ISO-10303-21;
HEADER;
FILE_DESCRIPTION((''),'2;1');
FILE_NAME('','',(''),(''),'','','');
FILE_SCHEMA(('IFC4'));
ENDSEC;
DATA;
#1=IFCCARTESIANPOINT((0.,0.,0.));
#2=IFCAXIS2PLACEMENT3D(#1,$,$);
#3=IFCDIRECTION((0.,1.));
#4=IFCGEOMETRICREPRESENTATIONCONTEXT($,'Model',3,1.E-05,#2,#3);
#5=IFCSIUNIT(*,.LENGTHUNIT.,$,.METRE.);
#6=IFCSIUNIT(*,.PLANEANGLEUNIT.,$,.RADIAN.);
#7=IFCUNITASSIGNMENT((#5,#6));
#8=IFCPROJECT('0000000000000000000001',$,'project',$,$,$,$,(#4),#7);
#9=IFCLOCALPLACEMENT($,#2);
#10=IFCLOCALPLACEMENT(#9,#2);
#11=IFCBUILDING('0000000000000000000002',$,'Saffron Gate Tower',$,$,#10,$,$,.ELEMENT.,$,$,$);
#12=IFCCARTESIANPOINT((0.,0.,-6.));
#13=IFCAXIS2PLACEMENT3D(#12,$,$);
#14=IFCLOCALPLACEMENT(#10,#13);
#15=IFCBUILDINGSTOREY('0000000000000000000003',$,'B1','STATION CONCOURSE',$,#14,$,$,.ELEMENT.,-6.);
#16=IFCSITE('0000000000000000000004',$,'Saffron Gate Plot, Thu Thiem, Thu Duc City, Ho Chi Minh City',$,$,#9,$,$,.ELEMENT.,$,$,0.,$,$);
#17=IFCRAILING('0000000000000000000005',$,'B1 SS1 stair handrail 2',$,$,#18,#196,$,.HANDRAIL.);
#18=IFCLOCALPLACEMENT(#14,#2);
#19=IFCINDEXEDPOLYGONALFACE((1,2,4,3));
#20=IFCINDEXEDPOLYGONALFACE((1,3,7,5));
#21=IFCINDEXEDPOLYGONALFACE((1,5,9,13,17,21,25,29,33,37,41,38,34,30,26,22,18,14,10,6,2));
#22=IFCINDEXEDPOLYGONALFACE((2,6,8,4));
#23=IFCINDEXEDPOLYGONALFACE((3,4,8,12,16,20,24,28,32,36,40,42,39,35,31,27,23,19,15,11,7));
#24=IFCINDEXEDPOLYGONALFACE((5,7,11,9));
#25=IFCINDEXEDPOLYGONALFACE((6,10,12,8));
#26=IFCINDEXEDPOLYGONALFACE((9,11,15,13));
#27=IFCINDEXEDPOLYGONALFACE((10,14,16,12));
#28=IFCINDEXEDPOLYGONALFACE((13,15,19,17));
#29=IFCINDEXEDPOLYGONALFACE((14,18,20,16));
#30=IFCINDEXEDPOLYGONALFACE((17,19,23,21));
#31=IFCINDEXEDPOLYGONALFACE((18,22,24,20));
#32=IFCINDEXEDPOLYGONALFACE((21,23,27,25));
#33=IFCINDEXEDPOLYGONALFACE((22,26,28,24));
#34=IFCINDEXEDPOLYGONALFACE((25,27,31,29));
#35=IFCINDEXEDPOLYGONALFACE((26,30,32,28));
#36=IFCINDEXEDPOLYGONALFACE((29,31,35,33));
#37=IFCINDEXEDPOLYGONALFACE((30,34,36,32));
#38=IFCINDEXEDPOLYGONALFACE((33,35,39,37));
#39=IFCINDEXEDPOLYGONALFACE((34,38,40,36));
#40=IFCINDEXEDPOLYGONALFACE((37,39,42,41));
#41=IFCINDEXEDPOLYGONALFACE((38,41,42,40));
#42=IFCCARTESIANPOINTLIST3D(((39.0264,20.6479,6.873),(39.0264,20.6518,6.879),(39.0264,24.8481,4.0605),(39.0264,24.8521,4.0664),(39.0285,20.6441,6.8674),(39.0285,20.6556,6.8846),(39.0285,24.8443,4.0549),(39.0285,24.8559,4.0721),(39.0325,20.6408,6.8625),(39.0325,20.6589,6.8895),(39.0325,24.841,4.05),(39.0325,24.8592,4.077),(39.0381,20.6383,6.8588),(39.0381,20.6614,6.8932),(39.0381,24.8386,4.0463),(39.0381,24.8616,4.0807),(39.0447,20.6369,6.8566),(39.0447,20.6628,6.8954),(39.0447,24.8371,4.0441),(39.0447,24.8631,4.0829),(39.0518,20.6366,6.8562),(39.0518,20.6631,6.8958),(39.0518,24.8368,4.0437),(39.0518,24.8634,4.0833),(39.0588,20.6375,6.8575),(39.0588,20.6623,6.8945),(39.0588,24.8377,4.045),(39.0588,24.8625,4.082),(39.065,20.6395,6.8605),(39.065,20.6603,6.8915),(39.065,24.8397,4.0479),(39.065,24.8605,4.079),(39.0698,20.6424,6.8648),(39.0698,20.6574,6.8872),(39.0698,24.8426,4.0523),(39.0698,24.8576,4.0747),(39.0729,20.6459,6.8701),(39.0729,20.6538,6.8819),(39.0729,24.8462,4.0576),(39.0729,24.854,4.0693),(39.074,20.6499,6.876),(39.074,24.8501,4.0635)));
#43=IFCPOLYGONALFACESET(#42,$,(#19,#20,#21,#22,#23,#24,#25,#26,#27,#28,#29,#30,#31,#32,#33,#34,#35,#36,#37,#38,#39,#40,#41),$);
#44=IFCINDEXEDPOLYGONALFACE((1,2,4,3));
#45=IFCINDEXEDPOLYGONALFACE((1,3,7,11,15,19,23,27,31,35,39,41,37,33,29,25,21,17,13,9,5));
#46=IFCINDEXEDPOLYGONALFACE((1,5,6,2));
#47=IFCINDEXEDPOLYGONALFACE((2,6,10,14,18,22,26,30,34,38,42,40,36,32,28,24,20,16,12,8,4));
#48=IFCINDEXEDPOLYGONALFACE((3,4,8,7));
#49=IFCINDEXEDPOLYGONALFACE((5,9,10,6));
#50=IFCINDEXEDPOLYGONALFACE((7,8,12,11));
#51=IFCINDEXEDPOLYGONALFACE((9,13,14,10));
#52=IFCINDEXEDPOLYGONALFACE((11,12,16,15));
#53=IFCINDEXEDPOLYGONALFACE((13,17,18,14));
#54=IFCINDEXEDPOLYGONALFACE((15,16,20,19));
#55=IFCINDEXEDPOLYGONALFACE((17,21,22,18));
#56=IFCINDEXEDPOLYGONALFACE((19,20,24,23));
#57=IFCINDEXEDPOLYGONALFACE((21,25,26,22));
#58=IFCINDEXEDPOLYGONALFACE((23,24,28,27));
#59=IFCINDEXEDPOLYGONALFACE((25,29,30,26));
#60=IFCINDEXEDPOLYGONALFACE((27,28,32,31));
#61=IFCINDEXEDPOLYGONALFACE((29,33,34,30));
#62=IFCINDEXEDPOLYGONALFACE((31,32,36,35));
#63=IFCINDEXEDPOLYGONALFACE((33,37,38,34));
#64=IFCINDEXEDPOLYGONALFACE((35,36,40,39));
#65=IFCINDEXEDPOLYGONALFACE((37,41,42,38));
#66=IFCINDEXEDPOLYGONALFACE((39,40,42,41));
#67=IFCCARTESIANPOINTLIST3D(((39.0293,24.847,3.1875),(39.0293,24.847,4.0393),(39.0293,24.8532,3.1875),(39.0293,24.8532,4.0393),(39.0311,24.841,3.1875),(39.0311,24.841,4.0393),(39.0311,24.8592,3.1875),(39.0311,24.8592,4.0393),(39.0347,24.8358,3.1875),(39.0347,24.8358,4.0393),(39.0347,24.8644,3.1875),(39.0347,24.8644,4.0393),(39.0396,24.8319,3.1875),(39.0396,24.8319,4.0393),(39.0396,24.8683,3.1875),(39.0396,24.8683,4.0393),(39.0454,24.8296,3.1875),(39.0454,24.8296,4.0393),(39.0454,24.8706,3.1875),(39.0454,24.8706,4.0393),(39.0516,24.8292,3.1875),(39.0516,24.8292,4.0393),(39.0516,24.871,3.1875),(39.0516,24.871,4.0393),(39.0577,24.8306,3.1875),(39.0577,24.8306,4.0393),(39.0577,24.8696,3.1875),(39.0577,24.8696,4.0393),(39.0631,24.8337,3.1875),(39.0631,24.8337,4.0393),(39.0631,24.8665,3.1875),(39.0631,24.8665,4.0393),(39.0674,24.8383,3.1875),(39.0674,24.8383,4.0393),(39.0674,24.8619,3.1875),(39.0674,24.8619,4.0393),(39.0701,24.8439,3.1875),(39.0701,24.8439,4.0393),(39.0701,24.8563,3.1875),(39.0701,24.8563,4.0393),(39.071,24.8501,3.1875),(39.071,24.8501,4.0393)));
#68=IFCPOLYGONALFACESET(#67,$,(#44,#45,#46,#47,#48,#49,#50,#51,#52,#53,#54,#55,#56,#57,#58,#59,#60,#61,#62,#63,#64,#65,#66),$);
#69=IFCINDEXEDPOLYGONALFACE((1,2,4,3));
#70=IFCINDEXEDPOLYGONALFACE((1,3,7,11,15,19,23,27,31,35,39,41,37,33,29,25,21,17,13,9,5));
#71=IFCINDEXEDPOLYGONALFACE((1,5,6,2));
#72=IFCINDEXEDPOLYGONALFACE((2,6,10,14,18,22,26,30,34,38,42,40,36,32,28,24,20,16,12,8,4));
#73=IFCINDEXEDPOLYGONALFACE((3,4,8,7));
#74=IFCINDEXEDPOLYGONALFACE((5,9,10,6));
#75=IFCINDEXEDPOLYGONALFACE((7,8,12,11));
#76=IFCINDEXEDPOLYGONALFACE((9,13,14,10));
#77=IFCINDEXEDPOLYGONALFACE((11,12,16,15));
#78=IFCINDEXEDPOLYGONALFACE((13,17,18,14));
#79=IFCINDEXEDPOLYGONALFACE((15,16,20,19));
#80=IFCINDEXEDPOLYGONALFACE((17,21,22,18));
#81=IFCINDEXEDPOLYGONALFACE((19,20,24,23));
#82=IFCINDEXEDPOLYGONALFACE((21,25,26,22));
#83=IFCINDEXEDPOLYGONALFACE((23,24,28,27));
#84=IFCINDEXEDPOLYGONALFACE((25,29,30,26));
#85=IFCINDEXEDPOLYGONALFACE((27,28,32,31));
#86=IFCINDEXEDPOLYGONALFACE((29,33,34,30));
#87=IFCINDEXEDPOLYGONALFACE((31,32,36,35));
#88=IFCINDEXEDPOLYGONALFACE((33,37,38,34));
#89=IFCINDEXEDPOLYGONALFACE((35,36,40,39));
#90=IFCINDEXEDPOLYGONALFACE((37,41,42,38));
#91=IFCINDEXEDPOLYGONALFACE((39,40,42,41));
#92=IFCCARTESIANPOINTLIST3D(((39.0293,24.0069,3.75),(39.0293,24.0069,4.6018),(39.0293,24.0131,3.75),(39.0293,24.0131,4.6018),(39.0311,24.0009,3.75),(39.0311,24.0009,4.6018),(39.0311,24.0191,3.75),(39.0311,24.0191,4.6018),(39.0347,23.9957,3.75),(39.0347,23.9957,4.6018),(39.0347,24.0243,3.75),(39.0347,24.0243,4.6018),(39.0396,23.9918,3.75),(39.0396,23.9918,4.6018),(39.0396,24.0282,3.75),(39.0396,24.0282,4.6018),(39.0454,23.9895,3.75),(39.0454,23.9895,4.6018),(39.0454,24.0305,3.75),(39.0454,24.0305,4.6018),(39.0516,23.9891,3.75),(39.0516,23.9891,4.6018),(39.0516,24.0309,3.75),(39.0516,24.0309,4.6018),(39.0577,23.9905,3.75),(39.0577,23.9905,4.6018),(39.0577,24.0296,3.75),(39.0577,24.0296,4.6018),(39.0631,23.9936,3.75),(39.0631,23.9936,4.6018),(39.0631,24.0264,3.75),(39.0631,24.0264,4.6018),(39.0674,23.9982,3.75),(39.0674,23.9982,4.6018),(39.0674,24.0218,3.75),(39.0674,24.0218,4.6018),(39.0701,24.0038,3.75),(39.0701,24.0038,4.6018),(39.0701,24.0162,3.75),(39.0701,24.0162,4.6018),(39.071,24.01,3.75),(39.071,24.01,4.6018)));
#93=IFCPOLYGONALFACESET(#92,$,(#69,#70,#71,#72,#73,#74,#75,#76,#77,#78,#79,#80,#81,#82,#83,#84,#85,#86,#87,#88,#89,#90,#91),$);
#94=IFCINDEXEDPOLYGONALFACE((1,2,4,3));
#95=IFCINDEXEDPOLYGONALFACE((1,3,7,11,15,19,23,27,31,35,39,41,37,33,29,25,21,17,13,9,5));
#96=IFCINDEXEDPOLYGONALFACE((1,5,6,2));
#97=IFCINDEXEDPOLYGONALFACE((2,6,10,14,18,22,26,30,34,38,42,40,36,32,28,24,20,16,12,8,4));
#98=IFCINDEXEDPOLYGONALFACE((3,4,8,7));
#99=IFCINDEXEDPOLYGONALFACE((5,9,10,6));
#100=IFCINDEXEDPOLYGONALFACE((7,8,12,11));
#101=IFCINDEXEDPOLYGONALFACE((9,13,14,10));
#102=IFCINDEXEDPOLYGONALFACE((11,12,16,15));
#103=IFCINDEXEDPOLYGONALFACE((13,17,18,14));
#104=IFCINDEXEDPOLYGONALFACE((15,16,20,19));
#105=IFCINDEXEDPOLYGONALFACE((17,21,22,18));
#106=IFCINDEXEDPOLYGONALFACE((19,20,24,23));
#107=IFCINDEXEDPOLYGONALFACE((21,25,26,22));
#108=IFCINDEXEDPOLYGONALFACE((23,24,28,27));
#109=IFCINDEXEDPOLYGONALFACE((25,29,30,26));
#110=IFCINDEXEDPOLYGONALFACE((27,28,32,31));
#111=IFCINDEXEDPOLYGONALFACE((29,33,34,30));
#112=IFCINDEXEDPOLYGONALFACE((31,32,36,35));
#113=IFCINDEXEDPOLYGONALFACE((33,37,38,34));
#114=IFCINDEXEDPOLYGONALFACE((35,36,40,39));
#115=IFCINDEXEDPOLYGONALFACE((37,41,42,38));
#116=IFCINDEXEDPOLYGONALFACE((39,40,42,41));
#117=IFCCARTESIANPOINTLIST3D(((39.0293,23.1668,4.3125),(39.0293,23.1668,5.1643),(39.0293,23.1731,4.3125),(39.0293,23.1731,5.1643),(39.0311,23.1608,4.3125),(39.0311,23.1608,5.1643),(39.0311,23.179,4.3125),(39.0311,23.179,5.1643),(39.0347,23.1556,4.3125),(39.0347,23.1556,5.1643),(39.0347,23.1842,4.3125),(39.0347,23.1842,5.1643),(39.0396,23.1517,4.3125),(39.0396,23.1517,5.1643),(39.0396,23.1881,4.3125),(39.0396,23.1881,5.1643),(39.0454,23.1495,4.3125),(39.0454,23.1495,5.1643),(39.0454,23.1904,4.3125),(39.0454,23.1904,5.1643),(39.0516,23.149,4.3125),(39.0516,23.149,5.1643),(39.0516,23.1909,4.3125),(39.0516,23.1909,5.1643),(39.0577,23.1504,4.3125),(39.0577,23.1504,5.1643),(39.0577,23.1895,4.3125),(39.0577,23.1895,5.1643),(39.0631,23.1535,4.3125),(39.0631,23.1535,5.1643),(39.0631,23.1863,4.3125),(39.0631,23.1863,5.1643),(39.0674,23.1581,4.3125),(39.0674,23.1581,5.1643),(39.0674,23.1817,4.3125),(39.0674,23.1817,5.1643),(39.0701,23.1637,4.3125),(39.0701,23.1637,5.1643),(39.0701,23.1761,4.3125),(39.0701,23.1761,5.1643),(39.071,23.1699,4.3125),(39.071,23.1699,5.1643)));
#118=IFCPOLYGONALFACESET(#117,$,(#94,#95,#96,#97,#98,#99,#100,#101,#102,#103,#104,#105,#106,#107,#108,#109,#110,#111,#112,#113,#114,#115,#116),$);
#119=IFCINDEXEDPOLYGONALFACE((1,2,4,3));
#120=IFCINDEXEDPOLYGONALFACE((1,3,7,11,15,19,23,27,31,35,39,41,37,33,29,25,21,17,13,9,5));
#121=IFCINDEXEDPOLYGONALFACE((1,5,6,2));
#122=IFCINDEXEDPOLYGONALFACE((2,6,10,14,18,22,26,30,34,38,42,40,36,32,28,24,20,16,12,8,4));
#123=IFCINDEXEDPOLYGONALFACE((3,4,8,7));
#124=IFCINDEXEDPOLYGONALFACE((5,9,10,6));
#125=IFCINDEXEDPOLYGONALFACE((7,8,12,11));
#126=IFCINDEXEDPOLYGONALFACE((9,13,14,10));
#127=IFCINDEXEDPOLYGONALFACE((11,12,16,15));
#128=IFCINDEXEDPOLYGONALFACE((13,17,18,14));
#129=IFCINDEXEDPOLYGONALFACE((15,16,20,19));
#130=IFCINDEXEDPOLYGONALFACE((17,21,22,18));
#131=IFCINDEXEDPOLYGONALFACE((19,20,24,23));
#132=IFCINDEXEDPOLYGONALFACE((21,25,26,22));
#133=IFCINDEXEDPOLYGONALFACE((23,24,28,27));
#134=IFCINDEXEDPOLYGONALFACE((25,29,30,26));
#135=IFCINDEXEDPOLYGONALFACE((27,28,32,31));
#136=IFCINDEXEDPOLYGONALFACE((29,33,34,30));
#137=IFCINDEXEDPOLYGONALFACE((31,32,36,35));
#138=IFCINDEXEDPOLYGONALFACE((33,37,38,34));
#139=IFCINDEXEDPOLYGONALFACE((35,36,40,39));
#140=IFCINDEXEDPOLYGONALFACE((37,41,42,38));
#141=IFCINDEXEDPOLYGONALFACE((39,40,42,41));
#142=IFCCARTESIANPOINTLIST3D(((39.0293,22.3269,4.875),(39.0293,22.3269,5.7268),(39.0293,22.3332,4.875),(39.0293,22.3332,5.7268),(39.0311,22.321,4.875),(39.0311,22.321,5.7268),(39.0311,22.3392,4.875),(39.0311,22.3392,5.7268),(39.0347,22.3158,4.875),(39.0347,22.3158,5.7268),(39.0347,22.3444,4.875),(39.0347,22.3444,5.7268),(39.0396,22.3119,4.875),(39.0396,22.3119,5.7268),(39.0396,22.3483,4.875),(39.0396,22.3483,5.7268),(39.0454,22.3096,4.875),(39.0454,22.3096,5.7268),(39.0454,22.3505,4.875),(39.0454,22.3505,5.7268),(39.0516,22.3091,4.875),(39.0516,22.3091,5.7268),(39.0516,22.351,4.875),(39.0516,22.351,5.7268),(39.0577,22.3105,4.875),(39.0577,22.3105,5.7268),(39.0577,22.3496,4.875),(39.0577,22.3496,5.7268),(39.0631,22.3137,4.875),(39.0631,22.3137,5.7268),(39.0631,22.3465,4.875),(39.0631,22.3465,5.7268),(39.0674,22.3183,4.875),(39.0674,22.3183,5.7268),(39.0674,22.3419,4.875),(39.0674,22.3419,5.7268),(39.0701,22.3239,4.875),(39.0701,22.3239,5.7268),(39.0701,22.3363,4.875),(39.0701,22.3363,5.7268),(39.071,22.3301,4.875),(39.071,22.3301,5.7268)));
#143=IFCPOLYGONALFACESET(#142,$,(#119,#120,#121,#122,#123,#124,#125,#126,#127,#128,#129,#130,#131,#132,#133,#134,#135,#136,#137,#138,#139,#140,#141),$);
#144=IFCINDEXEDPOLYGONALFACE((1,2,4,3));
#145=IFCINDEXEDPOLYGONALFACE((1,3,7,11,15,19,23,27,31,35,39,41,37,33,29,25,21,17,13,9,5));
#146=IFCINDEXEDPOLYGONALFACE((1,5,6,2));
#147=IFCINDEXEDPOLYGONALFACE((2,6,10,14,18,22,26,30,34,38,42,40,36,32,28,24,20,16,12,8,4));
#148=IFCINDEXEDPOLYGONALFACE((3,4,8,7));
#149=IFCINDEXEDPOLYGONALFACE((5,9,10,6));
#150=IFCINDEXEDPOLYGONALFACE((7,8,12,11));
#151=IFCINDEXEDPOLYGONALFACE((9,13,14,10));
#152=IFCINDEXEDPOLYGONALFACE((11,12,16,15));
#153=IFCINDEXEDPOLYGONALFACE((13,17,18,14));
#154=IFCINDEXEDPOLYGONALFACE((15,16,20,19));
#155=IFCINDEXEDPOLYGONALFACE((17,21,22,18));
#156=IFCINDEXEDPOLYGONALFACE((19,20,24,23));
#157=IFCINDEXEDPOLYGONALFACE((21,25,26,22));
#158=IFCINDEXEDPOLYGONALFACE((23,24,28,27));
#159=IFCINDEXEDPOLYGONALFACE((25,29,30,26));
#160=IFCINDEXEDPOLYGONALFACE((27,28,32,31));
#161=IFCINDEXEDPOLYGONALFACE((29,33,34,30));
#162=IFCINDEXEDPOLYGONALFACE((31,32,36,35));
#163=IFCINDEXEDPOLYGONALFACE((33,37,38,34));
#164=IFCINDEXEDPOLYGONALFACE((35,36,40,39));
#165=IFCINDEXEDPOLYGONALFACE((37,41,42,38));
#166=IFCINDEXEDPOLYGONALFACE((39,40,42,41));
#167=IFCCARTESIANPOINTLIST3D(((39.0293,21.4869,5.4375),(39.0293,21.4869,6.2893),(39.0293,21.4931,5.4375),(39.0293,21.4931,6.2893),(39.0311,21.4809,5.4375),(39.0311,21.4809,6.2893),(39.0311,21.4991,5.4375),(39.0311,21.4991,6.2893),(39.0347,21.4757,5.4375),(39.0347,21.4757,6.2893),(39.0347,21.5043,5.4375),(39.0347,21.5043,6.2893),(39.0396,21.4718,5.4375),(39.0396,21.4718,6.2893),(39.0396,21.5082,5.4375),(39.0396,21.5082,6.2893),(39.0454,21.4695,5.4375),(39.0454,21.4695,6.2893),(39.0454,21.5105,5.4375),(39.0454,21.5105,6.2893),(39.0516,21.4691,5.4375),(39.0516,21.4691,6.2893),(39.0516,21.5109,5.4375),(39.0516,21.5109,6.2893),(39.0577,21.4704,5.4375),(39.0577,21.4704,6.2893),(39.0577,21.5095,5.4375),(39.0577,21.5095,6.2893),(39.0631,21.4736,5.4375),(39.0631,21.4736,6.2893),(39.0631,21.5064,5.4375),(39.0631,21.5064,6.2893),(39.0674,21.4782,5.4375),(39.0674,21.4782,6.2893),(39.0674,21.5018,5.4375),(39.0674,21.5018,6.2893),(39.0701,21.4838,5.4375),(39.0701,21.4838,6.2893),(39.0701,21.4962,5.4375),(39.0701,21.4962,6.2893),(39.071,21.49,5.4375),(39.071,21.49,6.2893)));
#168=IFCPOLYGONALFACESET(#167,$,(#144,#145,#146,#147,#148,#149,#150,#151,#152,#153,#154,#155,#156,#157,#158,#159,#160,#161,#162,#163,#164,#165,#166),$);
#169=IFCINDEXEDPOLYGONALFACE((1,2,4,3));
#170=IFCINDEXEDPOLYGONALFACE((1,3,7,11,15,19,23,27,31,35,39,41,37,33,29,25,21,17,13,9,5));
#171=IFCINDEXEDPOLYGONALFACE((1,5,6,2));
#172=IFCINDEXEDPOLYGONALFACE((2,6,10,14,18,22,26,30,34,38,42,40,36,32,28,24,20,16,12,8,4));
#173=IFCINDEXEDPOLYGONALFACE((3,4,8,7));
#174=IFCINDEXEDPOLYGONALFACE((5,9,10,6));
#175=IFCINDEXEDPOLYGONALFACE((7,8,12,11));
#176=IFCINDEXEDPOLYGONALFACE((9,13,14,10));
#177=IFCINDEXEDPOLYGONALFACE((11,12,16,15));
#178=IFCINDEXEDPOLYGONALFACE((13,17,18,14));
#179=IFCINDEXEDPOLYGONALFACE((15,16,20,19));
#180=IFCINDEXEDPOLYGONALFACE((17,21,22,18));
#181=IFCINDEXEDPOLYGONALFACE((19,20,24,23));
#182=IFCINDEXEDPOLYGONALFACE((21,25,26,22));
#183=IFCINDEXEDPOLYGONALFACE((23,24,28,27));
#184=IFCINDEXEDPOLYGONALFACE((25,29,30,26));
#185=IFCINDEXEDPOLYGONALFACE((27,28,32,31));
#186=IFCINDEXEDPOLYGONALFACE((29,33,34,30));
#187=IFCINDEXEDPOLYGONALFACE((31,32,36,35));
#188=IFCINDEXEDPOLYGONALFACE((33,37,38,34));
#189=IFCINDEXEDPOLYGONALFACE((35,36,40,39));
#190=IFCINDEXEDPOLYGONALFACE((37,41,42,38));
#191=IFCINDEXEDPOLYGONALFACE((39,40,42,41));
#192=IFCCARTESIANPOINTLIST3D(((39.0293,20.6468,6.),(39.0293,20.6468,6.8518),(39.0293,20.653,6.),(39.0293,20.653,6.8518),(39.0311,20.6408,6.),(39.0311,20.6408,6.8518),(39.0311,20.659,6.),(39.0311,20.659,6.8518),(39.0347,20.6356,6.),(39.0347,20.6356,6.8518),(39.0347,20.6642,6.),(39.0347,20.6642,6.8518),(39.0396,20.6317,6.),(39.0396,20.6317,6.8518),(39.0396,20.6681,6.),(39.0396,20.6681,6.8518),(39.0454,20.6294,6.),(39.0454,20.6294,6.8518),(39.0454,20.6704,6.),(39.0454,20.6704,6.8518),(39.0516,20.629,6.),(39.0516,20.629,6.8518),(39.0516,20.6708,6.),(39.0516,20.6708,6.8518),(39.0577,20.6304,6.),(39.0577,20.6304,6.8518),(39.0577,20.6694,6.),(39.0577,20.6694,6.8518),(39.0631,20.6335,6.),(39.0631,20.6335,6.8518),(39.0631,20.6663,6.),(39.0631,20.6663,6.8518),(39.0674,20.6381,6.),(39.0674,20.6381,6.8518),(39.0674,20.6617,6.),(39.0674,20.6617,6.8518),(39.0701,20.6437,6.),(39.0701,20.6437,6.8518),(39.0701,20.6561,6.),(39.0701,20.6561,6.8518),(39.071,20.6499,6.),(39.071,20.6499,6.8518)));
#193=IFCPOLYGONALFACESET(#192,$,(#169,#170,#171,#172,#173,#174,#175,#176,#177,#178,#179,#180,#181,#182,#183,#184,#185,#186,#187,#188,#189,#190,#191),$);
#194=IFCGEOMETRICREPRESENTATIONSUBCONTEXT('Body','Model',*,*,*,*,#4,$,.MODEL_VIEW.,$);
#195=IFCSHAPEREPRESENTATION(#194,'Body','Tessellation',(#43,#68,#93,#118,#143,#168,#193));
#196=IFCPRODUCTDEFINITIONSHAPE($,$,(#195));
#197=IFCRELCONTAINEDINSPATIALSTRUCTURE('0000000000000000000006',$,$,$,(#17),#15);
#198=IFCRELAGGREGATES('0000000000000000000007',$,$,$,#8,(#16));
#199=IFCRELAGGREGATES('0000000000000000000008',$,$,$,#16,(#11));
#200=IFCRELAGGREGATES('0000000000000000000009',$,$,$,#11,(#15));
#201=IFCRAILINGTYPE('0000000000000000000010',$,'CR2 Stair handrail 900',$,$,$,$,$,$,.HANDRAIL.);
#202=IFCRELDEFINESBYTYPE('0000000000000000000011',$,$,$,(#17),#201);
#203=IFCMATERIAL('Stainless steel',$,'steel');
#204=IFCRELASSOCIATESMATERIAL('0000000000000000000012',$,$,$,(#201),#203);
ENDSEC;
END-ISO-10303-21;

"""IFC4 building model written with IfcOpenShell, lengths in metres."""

from ifc_helpers import new_model, si_unit, direction, frame, origin, origin_2d, place, context, subcontext, project, spatial, circle, extrude, material, type_object, element, save


model = new_model("IFC4")

# Units and contexts
model_context = context("Model", 3, precision=1e-05, world=origin(), true_north=direction((0.0, 1.0)))
body_context = subcontext(model_context, "Body", "Model", "MODEL_VIEW")
ifc_project = project(units=[si_unit("LENGTHUNIT", "METRE"), si_unit("PLANEANGLEUNIT", "RADIAN")], contexts=[model_context])

# Site, building, storey
site_placement = place(None, origin())
site = spatial("IfcSite", under=ifc_project, at=site_placement, Name="Saffron Gate Plot, Thu Thiem, Thu Duc City, Ho Chi Minh City", CompositionType="ELEMENT", RefElevation=0.0)
building_placement = place(site_placement, origin())
building = spatial("IfcBuilding", under=site, at=building_placement, Name="Saffron Gate Tower", CompositionType="ELEMENT")
storey_placement = place(building_placement, frame((0.0, 0.0, -6.0)))
storey = spatial("IfcBuildingStorey", under=building, at=storey_placement, Name="B1", Description="STATION CONCOURSE", CompositionType="ELEMENT", Elevation=-6.0)

# Railing
ifc_material_1 = material(Name="Stainless steel", Category="steel")
railing_type_1 = type_object("IfcRailingType", Name="CR2 Stair handrail 900", PredefinedType="HANDRAIL", material=ifc_material_1)
railing_1_placement = place(storey_placement, frame((39.05, 24.8501, 3.1875)))
element("IfcRailing", 1, at=railing_1_placement, inside=storey, type_object=railing_type_1, Name="B1 SS1 stair handrail 2", PredefinedType="HANDRAIL", context=body_context, shape_type="SweptSolid", body=[
    extrude(circle(Radius=0.0239, at=origin_2d()), frame((0.0, 0.0, 0.876), z_axis=(0.0, -0.830919, 0.556393), x_axis=(1.0, 0.0, 0.0)), (0.0, 0.0, 1.0), 5.0549),
    extrude(circle(Radius=0.021, at=origin_2d()), origin(), (0.0, 0.0, 1.0), 0.8518),
    extrude(circle(Radius=0.021, at=origin_2d()), frame((0.0, -0.8401, 0.5625)), (0.0, 0.0, 1.0), 0.8518),
    extrude(circle(Radius=0.021, at=origin_2d()), frame((0.0, -1.6802, 1.125)), (0.0, 0.0, 1.0), 0.8518),
    extrude(circle(Radius=0.021, at=origin_2d()), frame((0.0, -2.52, 1.6875)), (0.0, 0.0, 1.0), 0.8518),
    extrude(circle(Radius=0.021, at=origin_2d()), frame((0.0, -3.3601, 2.25)), (0.0, 0.0, 1.0), 0.8518),
    extrude(circle(Radius=0.021, at=origin_2d()), frame((0.0, -4.2002, 2.8125)), (0.0, 0.0, 1.0), 0.8518),
])

save(model, "model.ifc")
